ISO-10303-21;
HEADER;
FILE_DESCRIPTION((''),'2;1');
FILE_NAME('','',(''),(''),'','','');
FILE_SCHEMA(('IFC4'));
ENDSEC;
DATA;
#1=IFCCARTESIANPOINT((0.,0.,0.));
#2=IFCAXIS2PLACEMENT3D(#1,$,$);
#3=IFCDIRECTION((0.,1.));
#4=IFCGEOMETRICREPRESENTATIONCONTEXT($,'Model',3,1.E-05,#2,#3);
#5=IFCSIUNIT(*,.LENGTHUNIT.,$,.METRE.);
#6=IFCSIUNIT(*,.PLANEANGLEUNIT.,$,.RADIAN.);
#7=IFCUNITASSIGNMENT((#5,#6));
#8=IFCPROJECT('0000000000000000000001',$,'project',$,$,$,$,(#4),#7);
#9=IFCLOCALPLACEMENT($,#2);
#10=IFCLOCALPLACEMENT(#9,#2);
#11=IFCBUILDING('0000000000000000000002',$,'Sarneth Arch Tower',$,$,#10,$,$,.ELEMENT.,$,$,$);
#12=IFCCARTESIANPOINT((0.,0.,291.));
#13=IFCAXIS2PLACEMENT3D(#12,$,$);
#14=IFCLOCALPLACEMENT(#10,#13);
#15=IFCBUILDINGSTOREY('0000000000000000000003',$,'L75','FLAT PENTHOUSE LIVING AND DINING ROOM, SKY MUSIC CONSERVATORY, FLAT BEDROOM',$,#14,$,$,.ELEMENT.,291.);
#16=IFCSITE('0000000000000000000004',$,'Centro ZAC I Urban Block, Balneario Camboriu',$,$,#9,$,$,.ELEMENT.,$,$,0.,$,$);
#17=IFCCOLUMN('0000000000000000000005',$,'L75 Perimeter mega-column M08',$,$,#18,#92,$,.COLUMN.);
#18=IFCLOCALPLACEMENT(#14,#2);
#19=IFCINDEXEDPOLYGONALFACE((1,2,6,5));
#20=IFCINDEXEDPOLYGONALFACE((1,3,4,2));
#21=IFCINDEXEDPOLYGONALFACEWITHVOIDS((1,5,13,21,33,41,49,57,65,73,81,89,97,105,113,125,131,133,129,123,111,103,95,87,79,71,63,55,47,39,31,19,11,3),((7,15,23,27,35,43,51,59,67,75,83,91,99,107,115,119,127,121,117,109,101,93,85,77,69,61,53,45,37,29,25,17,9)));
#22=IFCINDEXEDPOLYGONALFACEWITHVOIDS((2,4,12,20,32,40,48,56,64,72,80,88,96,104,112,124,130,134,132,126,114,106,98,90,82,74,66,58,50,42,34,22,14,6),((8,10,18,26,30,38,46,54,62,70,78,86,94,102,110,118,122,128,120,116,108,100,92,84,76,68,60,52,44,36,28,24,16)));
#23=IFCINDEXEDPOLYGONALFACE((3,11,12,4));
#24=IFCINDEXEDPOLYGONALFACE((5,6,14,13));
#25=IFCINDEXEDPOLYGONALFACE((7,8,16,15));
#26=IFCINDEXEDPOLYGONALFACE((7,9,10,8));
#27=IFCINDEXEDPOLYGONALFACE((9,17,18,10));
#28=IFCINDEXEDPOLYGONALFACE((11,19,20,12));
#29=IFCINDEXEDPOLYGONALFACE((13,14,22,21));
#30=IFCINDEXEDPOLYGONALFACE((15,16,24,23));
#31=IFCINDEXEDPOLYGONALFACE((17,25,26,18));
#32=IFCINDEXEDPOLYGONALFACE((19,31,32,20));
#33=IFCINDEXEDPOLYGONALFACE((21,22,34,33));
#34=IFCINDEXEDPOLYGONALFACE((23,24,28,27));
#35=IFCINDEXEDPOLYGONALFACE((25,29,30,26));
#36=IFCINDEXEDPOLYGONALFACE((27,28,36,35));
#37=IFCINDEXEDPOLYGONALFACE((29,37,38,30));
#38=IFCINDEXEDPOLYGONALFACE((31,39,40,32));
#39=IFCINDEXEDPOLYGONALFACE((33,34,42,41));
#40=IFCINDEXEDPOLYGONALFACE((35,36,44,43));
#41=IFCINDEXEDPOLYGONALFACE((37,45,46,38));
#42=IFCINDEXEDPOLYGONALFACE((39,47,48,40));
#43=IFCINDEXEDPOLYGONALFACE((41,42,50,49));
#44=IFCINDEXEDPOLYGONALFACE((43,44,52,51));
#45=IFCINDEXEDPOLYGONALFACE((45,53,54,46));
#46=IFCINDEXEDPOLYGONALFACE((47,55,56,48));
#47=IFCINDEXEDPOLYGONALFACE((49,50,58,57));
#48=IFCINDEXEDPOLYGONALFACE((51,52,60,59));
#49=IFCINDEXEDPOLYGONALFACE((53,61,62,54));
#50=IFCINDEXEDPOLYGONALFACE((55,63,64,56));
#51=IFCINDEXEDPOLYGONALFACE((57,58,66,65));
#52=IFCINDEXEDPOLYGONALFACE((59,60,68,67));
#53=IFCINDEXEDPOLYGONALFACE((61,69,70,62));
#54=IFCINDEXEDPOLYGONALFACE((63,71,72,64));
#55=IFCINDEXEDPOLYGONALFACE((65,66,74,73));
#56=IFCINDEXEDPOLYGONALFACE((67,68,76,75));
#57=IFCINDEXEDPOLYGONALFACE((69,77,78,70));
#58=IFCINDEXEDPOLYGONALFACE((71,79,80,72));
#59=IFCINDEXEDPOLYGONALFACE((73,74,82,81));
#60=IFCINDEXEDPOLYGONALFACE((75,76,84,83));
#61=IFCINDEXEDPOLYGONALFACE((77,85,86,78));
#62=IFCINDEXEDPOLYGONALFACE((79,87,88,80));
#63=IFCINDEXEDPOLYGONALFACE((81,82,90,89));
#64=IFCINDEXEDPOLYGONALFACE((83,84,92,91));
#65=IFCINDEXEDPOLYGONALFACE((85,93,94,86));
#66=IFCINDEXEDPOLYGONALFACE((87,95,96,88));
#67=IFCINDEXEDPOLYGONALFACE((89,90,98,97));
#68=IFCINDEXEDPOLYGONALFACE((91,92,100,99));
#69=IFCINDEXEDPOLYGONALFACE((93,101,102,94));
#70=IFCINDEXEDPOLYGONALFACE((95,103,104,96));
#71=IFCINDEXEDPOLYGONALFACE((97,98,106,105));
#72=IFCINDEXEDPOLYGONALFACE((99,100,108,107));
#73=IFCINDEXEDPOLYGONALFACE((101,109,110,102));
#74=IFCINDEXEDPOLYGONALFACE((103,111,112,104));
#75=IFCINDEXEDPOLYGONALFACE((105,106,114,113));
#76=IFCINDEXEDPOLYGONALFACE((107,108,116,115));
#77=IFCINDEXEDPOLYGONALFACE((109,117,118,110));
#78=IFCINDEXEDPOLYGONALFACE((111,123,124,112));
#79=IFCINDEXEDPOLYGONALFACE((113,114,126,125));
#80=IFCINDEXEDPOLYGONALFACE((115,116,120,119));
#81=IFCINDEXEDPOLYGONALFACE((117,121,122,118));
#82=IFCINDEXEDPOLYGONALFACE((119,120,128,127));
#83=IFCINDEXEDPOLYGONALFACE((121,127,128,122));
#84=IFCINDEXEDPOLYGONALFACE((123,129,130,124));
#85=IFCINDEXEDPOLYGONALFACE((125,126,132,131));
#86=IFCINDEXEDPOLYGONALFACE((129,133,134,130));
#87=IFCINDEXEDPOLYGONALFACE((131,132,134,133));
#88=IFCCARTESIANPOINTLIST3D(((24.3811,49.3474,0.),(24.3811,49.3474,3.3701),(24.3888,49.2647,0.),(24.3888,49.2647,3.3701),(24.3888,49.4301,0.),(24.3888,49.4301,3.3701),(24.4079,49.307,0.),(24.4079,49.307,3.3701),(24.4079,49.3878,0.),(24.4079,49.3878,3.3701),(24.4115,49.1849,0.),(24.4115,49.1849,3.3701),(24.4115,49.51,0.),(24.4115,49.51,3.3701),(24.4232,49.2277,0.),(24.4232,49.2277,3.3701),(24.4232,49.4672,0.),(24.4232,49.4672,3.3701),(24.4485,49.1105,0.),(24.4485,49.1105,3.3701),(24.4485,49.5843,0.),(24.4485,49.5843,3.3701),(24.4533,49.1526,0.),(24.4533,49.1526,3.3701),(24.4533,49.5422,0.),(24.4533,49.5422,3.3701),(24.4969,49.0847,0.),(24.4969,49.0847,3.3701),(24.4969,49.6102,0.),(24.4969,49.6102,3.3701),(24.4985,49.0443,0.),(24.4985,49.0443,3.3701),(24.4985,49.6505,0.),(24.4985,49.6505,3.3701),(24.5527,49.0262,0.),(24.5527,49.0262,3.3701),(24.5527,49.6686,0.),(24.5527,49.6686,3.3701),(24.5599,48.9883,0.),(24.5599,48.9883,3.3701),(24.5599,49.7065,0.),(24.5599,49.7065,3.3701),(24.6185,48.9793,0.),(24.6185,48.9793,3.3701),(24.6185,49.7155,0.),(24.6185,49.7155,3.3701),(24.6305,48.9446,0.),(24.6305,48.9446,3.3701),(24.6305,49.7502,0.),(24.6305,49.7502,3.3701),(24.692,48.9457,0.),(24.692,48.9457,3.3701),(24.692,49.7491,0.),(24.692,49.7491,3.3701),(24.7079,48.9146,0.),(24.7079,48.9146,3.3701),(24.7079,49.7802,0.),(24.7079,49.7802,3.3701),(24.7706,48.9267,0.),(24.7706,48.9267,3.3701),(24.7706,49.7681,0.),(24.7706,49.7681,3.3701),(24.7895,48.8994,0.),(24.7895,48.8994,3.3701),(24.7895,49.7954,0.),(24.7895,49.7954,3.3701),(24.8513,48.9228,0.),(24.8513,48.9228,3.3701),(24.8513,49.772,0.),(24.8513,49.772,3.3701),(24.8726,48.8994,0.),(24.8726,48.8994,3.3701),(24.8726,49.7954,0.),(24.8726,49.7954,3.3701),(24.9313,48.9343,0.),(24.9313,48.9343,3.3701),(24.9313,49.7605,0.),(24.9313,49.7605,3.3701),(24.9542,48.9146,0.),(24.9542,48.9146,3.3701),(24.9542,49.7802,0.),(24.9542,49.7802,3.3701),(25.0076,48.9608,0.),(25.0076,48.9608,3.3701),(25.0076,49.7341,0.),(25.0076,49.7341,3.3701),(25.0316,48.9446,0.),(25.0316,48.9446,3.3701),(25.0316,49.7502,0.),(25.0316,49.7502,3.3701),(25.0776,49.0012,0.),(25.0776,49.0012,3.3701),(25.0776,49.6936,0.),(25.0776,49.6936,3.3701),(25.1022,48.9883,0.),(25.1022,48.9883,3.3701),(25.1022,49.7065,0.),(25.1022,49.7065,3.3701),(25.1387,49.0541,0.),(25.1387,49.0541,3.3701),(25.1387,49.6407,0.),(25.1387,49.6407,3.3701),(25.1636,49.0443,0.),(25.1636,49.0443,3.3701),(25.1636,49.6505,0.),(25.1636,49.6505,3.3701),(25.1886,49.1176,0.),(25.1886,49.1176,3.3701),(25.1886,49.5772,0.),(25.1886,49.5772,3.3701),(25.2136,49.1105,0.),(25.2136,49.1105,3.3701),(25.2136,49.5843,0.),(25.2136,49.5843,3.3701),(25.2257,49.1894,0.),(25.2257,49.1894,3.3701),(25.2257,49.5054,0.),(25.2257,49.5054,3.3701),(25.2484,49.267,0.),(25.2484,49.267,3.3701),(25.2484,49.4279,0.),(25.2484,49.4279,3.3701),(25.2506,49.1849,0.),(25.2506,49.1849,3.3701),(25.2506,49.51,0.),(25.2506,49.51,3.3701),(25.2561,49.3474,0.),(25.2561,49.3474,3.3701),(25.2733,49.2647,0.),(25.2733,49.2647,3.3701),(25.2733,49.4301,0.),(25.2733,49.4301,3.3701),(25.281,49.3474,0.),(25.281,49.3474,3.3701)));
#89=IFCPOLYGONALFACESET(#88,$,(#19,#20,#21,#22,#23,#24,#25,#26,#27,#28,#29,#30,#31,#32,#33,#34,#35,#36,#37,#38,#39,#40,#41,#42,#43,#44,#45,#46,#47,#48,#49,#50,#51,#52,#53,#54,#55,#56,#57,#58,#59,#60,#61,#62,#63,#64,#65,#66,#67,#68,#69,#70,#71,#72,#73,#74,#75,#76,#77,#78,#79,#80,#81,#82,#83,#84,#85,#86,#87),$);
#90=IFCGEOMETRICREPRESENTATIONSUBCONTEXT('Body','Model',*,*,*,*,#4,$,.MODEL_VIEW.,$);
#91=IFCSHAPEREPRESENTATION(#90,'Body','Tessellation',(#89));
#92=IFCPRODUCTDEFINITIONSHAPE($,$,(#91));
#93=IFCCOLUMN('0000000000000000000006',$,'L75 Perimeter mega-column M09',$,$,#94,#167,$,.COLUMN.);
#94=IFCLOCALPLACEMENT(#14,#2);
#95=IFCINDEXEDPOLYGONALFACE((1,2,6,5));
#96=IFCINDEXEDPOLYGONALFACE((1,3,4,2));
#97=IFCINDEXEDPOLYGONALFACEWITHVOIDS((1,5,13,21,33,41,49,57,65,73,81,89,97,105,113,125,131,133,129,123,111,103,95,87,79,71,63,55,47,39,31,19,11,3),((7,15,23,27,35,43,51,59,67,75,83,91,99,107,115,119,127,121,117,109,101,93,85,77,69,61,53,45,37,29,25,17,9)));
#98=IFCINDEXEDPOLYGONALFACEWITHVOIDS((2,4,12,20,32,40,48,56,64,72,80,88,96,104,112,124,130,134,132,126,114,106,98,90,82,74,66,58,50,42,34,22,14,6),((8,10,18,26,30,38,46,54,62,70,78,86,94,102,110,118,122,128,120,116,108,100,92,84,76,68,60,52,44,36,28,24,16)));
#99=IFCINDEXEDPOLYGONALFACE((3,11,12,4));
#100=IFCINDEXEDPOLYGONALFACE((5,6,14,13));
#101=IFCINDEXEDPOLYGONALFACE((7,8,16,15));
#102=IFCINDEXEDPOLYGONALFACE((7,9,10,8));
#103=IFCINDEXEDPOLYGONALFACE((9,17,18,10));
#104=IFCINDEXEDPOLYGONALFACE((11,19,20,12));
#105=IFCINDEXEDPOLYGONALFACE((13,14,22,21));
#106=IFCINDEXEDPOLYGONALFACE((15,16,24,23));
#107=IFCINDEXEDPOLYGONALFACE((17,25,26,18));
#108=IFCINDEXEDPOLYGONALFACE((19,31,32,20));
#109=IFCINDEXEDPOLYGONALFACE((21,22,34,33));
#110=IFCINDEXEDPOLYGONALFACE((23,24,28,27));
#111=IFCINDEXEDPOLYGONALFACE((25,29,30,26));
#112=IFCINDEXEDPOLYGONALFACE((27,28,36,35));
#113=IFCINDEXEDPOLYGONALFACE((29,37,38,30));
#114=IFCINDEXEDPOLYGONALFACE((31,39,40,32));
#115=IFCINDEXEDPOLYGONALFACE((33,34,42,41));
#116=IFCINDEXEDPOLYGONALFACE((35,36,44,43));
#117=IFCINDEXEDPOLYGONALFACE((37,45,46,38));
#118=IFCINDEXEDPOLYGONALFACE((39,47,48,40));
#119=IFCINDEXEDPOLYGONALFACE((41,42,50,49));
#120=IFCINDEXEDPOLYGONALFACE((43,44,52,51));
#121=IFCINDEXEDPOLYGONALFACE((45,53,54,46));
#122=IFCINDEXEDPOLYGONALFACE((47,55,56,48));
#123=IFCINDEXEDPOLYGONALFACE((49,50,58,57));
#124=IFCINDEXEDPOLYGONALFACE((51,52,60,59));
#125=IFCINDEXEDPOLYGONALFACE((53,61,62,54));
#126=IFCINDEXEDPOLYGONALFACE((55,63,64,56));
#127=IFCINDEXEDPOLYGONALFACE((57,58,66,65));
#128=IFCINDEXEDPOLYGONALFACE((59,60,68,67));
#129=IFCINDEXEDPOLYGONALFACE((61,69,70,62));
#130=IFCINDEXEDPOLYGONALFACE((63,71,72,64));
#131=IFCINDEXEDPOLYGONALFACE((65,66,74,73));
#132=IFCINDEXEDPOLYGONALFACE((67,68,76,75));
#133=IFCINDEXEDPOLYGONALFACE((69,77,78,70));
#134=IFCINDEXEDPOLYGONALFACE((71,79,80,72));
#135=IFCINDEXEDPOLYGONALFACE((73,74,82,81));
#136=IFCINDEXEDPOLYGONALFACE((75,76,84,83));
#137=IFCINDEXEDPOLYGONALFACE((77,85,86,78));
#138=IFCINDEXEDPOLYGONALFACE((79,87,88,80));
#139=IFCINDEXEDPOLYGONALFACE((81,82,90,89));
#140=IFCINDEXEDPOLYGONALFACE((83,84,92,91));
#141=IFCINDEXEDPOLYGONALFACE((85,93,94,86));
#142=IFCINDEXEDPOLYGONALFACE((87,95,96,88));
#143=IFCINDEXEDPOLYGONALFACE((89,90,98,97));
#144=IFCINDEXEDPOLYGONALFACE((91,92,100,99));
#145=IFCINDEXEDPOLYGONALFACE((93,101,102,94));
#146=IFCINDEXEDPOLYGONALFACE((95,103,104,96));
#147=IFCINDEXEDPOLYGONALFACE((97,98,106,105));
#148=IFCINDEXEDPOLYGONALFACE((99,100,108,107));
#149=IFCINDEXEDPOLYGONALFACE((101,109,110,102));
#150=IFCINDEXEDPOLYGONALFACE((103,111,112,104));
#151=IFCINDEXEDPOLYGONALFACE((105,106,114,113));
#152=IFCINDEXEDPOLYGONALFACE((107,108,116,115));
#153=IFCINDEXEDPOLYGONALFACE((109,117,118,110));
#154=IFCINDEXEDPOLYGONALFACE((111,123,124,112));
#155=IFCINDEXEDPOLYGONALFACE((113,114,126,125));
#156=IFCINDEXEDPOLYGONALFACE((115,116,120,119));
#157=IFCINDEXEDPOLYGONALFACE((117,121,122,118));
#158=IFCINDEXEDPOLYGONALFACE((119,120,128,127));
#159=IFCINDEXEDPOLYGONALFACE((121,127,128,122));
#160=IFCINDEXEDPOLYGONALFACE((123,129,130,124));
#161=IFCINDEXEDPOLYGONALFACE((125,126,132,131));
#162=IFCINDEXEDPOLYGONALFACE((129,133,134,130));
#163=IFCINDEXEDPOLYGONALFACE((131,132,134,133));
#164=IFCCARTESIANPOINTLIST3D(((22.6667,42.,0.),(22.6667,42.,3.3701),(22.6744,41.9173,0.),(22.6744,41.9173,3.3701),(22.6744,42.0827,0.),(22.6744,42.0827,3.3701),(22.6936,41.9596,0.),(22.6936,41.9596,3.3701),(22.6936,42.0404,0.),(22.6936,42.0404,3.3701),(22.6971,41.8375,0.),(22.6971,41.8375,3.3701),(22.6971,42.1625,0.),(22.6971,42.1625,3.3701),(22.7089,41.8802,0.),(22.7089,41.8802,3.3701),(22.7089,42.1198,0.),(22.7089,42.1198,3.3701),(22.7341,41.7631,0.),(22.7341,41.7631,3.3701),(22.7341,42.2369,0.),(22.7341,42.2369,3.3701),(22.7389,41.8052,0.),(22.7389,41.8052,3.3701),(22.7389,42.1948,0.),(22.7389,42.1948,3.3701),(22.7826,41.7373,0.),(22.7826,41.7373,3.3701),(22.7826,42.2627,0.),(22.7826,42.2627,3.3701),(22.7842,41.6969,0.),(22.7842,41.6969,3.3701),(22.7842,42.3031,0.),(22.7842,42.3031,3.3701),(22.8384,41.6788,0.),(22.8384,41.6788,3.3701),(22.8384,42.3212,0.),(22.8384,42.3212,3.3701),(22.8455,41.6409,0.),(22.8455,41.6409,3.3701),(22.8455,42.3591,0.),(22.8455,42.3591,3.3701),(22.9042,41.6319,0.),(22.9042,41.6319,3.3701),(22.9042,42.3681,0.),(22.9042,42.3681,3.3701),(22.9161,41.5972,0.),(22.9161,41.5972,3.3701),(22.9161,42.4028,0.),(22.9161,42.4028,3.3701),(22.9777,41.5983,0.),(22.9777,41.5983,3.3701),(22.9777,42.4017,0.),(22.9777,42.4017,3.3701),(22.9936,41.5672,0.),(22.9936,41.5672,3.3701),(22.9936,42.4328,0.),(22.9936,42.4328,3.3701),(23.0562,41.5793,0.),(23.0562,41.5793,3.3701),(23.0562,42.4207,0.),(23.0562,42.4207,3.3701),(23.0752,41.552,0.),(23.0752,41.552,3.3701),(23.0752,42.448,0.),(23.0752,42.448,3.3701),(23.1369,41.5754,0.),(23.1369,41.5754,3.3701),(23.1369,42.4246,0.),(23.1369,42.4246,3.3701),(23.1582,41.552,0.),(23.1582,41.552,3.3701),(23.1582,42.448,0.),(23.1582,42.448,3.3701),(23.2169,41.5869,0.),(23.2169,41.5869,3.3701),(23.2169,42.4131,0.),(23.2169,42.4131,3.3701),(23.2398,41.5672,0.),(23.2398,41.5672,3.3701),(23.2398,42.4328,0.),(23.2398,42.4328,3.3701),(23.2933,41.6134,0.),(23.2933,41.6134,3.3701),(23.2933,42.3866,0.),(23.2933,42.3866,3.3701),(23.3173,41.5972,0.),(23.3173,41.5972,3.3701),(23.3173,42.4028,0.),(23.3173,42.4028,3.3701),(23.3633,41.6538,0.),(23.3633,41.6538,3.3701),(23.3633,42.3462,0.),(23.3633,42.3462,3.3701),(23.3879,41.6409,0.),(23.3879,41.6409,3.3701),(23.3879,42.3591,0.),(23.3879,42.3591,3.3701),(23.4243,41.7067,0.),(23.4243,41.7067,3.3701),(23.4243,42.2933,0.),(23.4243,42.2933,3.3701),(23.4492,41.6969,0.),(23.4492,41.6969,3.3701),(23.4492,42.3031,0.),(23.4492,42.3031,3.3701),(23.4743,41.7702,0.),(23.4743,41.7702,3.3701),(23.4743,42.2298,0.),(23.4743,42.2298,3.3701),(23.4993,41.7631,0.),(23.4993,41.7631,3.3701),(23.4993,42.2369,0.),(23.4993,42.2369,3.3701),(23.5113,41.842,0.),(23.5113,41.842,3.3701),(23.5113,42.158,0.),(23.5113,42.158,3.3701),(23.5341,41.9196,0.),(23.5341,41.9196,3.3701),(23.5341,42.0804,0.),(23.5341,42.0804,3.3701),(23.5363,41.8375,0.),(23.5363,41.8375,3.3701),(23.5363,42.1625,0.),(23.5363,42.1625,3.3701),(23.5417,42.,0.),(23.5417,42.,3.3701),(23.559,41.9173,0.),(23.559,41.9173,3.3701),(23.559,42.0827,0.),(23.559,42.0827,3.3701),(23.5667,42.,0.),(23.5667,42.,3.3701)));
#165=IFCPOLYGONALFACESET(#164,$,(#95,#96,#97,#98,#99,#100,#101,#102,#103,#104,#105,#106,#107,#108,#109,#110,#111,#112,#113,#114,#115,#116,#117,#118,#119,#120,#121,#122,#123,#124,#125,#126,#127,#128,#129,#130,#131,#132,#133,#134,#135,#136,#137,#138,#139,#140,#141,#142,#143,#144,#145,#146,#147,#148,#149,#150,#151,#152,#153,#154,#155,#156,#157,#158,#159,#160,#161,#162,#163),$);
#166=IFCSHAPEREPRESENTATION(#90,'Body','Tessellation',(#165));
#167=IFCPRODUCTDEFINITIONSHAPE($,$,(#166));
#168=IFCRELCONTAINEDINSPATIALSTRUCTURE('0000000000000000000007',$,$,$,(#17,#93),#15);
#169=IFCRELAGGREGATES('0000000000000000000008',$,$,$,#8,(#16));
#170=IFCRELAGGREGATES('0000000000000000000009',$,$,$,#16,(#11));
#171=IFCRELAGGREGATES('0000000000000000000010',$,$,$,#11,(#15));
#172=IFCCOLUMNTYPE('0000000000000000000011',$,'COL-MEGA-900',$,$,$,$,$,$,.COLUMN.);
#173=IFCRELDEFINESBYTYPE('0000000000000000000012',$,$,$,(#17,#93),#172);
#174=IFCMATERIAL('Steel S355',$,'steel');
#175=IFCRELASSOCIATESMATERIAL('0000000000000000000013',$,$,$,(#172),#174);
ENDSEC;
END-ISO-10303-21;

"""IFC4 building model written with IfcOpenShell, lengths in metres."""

from ifc_helpers import new_model, si_unit, direction, frame, origin, origin_2d, place, context, subcontext, project, spatial, hollow_circle, extrude, material, material_profile, profile_set, type_object, element, save


model = new_model("IFC4")

# Units and contexts
model_context = context("Model", 3, precision=1e-05, world=origin(), true_north=direction((0.0, 1.0)))
body_context = subcontext(model_context, "Body", "Model", "MODEL_VIEW")
ifc_project = project(units=[si_unit("LENGTHUNIT", "METRE"), si_unit("PLANEANGLEUNIT", "RADIAN")], contexts=[model_context])

# Site, building, storey
site_placement = place(None, origin())
site = spatial("IfcSite", under=ifc_project, at=site_placement, Name="Centro ZAC I Urban Block, Balneario Camboriu", CompositionType="ELEMENT", RefElevation=0.0)
building_placement = place(site_placement, origin())
building = spatial("IfcBuilding", under=site, at=building_placement, Name="Sarneth Arch Tower", CompositionType="ELEMENT")
storey_placement = place(building_placement, frame((0.0, 0.0, 291.0)))
storey = spatial("IfcBuildingStorey", under=building, at=storey_placement, Name="L75", Description="FLAT PENTHOUSE LIVING AND DINING ROOM, SKY MUSIC CONSERVATORY, FLAT BEDROOM", CompositionType="ELEMENT", Elevation=291.0)

# Columns
ifc_material_1 = material(Name="Steel S355", Category="steel")
ifc_material_profile_1 = material_profile(ifc_material_1, hollow_circle(Radius=0.45, WallThickness=0.0249, at=origin_2d()), Name="CHS900x25")
ifc_profile_set_1 = profile_set([ifc_material_profile_1], Name="Steel S355")
column_type = type_object("IfcColumnType", Name="COL-MEGA-900", PredefinedType="COLUMN", material=ifc_profile_set_1)
for number, where, z_axis, x_axis, name in (
    (1, (24.8311, 49.3474, 0.0), (0.0, 0.0, 1.0), (1.0, 0.0, 0.0), "L75 Perimeter mega-column M08"),
    (2, (23.1167, 42.0, 0.0), (0.0, 0.0, 1.0), (1.0, 0.0, 0.0), "L75 Perimeter mega-column M09"),
):
    element("IfcColumn", number, at=place(storey_placement, frame(where, z_axis=z_axis, x_axis=x_axis)), inside=storey, type_object=column_type, Name=name, PredefinedType="COLUMN", context=body_context, shape_type="SweptSolid", body=[
        extrude(hollow_circle(Radius=0.45, WallThickness=0.0249, at=origin_2d()), origin(), (0.0, 0.0, 1.0), 3.3701),
    ])

save(model, "model.ifc")
